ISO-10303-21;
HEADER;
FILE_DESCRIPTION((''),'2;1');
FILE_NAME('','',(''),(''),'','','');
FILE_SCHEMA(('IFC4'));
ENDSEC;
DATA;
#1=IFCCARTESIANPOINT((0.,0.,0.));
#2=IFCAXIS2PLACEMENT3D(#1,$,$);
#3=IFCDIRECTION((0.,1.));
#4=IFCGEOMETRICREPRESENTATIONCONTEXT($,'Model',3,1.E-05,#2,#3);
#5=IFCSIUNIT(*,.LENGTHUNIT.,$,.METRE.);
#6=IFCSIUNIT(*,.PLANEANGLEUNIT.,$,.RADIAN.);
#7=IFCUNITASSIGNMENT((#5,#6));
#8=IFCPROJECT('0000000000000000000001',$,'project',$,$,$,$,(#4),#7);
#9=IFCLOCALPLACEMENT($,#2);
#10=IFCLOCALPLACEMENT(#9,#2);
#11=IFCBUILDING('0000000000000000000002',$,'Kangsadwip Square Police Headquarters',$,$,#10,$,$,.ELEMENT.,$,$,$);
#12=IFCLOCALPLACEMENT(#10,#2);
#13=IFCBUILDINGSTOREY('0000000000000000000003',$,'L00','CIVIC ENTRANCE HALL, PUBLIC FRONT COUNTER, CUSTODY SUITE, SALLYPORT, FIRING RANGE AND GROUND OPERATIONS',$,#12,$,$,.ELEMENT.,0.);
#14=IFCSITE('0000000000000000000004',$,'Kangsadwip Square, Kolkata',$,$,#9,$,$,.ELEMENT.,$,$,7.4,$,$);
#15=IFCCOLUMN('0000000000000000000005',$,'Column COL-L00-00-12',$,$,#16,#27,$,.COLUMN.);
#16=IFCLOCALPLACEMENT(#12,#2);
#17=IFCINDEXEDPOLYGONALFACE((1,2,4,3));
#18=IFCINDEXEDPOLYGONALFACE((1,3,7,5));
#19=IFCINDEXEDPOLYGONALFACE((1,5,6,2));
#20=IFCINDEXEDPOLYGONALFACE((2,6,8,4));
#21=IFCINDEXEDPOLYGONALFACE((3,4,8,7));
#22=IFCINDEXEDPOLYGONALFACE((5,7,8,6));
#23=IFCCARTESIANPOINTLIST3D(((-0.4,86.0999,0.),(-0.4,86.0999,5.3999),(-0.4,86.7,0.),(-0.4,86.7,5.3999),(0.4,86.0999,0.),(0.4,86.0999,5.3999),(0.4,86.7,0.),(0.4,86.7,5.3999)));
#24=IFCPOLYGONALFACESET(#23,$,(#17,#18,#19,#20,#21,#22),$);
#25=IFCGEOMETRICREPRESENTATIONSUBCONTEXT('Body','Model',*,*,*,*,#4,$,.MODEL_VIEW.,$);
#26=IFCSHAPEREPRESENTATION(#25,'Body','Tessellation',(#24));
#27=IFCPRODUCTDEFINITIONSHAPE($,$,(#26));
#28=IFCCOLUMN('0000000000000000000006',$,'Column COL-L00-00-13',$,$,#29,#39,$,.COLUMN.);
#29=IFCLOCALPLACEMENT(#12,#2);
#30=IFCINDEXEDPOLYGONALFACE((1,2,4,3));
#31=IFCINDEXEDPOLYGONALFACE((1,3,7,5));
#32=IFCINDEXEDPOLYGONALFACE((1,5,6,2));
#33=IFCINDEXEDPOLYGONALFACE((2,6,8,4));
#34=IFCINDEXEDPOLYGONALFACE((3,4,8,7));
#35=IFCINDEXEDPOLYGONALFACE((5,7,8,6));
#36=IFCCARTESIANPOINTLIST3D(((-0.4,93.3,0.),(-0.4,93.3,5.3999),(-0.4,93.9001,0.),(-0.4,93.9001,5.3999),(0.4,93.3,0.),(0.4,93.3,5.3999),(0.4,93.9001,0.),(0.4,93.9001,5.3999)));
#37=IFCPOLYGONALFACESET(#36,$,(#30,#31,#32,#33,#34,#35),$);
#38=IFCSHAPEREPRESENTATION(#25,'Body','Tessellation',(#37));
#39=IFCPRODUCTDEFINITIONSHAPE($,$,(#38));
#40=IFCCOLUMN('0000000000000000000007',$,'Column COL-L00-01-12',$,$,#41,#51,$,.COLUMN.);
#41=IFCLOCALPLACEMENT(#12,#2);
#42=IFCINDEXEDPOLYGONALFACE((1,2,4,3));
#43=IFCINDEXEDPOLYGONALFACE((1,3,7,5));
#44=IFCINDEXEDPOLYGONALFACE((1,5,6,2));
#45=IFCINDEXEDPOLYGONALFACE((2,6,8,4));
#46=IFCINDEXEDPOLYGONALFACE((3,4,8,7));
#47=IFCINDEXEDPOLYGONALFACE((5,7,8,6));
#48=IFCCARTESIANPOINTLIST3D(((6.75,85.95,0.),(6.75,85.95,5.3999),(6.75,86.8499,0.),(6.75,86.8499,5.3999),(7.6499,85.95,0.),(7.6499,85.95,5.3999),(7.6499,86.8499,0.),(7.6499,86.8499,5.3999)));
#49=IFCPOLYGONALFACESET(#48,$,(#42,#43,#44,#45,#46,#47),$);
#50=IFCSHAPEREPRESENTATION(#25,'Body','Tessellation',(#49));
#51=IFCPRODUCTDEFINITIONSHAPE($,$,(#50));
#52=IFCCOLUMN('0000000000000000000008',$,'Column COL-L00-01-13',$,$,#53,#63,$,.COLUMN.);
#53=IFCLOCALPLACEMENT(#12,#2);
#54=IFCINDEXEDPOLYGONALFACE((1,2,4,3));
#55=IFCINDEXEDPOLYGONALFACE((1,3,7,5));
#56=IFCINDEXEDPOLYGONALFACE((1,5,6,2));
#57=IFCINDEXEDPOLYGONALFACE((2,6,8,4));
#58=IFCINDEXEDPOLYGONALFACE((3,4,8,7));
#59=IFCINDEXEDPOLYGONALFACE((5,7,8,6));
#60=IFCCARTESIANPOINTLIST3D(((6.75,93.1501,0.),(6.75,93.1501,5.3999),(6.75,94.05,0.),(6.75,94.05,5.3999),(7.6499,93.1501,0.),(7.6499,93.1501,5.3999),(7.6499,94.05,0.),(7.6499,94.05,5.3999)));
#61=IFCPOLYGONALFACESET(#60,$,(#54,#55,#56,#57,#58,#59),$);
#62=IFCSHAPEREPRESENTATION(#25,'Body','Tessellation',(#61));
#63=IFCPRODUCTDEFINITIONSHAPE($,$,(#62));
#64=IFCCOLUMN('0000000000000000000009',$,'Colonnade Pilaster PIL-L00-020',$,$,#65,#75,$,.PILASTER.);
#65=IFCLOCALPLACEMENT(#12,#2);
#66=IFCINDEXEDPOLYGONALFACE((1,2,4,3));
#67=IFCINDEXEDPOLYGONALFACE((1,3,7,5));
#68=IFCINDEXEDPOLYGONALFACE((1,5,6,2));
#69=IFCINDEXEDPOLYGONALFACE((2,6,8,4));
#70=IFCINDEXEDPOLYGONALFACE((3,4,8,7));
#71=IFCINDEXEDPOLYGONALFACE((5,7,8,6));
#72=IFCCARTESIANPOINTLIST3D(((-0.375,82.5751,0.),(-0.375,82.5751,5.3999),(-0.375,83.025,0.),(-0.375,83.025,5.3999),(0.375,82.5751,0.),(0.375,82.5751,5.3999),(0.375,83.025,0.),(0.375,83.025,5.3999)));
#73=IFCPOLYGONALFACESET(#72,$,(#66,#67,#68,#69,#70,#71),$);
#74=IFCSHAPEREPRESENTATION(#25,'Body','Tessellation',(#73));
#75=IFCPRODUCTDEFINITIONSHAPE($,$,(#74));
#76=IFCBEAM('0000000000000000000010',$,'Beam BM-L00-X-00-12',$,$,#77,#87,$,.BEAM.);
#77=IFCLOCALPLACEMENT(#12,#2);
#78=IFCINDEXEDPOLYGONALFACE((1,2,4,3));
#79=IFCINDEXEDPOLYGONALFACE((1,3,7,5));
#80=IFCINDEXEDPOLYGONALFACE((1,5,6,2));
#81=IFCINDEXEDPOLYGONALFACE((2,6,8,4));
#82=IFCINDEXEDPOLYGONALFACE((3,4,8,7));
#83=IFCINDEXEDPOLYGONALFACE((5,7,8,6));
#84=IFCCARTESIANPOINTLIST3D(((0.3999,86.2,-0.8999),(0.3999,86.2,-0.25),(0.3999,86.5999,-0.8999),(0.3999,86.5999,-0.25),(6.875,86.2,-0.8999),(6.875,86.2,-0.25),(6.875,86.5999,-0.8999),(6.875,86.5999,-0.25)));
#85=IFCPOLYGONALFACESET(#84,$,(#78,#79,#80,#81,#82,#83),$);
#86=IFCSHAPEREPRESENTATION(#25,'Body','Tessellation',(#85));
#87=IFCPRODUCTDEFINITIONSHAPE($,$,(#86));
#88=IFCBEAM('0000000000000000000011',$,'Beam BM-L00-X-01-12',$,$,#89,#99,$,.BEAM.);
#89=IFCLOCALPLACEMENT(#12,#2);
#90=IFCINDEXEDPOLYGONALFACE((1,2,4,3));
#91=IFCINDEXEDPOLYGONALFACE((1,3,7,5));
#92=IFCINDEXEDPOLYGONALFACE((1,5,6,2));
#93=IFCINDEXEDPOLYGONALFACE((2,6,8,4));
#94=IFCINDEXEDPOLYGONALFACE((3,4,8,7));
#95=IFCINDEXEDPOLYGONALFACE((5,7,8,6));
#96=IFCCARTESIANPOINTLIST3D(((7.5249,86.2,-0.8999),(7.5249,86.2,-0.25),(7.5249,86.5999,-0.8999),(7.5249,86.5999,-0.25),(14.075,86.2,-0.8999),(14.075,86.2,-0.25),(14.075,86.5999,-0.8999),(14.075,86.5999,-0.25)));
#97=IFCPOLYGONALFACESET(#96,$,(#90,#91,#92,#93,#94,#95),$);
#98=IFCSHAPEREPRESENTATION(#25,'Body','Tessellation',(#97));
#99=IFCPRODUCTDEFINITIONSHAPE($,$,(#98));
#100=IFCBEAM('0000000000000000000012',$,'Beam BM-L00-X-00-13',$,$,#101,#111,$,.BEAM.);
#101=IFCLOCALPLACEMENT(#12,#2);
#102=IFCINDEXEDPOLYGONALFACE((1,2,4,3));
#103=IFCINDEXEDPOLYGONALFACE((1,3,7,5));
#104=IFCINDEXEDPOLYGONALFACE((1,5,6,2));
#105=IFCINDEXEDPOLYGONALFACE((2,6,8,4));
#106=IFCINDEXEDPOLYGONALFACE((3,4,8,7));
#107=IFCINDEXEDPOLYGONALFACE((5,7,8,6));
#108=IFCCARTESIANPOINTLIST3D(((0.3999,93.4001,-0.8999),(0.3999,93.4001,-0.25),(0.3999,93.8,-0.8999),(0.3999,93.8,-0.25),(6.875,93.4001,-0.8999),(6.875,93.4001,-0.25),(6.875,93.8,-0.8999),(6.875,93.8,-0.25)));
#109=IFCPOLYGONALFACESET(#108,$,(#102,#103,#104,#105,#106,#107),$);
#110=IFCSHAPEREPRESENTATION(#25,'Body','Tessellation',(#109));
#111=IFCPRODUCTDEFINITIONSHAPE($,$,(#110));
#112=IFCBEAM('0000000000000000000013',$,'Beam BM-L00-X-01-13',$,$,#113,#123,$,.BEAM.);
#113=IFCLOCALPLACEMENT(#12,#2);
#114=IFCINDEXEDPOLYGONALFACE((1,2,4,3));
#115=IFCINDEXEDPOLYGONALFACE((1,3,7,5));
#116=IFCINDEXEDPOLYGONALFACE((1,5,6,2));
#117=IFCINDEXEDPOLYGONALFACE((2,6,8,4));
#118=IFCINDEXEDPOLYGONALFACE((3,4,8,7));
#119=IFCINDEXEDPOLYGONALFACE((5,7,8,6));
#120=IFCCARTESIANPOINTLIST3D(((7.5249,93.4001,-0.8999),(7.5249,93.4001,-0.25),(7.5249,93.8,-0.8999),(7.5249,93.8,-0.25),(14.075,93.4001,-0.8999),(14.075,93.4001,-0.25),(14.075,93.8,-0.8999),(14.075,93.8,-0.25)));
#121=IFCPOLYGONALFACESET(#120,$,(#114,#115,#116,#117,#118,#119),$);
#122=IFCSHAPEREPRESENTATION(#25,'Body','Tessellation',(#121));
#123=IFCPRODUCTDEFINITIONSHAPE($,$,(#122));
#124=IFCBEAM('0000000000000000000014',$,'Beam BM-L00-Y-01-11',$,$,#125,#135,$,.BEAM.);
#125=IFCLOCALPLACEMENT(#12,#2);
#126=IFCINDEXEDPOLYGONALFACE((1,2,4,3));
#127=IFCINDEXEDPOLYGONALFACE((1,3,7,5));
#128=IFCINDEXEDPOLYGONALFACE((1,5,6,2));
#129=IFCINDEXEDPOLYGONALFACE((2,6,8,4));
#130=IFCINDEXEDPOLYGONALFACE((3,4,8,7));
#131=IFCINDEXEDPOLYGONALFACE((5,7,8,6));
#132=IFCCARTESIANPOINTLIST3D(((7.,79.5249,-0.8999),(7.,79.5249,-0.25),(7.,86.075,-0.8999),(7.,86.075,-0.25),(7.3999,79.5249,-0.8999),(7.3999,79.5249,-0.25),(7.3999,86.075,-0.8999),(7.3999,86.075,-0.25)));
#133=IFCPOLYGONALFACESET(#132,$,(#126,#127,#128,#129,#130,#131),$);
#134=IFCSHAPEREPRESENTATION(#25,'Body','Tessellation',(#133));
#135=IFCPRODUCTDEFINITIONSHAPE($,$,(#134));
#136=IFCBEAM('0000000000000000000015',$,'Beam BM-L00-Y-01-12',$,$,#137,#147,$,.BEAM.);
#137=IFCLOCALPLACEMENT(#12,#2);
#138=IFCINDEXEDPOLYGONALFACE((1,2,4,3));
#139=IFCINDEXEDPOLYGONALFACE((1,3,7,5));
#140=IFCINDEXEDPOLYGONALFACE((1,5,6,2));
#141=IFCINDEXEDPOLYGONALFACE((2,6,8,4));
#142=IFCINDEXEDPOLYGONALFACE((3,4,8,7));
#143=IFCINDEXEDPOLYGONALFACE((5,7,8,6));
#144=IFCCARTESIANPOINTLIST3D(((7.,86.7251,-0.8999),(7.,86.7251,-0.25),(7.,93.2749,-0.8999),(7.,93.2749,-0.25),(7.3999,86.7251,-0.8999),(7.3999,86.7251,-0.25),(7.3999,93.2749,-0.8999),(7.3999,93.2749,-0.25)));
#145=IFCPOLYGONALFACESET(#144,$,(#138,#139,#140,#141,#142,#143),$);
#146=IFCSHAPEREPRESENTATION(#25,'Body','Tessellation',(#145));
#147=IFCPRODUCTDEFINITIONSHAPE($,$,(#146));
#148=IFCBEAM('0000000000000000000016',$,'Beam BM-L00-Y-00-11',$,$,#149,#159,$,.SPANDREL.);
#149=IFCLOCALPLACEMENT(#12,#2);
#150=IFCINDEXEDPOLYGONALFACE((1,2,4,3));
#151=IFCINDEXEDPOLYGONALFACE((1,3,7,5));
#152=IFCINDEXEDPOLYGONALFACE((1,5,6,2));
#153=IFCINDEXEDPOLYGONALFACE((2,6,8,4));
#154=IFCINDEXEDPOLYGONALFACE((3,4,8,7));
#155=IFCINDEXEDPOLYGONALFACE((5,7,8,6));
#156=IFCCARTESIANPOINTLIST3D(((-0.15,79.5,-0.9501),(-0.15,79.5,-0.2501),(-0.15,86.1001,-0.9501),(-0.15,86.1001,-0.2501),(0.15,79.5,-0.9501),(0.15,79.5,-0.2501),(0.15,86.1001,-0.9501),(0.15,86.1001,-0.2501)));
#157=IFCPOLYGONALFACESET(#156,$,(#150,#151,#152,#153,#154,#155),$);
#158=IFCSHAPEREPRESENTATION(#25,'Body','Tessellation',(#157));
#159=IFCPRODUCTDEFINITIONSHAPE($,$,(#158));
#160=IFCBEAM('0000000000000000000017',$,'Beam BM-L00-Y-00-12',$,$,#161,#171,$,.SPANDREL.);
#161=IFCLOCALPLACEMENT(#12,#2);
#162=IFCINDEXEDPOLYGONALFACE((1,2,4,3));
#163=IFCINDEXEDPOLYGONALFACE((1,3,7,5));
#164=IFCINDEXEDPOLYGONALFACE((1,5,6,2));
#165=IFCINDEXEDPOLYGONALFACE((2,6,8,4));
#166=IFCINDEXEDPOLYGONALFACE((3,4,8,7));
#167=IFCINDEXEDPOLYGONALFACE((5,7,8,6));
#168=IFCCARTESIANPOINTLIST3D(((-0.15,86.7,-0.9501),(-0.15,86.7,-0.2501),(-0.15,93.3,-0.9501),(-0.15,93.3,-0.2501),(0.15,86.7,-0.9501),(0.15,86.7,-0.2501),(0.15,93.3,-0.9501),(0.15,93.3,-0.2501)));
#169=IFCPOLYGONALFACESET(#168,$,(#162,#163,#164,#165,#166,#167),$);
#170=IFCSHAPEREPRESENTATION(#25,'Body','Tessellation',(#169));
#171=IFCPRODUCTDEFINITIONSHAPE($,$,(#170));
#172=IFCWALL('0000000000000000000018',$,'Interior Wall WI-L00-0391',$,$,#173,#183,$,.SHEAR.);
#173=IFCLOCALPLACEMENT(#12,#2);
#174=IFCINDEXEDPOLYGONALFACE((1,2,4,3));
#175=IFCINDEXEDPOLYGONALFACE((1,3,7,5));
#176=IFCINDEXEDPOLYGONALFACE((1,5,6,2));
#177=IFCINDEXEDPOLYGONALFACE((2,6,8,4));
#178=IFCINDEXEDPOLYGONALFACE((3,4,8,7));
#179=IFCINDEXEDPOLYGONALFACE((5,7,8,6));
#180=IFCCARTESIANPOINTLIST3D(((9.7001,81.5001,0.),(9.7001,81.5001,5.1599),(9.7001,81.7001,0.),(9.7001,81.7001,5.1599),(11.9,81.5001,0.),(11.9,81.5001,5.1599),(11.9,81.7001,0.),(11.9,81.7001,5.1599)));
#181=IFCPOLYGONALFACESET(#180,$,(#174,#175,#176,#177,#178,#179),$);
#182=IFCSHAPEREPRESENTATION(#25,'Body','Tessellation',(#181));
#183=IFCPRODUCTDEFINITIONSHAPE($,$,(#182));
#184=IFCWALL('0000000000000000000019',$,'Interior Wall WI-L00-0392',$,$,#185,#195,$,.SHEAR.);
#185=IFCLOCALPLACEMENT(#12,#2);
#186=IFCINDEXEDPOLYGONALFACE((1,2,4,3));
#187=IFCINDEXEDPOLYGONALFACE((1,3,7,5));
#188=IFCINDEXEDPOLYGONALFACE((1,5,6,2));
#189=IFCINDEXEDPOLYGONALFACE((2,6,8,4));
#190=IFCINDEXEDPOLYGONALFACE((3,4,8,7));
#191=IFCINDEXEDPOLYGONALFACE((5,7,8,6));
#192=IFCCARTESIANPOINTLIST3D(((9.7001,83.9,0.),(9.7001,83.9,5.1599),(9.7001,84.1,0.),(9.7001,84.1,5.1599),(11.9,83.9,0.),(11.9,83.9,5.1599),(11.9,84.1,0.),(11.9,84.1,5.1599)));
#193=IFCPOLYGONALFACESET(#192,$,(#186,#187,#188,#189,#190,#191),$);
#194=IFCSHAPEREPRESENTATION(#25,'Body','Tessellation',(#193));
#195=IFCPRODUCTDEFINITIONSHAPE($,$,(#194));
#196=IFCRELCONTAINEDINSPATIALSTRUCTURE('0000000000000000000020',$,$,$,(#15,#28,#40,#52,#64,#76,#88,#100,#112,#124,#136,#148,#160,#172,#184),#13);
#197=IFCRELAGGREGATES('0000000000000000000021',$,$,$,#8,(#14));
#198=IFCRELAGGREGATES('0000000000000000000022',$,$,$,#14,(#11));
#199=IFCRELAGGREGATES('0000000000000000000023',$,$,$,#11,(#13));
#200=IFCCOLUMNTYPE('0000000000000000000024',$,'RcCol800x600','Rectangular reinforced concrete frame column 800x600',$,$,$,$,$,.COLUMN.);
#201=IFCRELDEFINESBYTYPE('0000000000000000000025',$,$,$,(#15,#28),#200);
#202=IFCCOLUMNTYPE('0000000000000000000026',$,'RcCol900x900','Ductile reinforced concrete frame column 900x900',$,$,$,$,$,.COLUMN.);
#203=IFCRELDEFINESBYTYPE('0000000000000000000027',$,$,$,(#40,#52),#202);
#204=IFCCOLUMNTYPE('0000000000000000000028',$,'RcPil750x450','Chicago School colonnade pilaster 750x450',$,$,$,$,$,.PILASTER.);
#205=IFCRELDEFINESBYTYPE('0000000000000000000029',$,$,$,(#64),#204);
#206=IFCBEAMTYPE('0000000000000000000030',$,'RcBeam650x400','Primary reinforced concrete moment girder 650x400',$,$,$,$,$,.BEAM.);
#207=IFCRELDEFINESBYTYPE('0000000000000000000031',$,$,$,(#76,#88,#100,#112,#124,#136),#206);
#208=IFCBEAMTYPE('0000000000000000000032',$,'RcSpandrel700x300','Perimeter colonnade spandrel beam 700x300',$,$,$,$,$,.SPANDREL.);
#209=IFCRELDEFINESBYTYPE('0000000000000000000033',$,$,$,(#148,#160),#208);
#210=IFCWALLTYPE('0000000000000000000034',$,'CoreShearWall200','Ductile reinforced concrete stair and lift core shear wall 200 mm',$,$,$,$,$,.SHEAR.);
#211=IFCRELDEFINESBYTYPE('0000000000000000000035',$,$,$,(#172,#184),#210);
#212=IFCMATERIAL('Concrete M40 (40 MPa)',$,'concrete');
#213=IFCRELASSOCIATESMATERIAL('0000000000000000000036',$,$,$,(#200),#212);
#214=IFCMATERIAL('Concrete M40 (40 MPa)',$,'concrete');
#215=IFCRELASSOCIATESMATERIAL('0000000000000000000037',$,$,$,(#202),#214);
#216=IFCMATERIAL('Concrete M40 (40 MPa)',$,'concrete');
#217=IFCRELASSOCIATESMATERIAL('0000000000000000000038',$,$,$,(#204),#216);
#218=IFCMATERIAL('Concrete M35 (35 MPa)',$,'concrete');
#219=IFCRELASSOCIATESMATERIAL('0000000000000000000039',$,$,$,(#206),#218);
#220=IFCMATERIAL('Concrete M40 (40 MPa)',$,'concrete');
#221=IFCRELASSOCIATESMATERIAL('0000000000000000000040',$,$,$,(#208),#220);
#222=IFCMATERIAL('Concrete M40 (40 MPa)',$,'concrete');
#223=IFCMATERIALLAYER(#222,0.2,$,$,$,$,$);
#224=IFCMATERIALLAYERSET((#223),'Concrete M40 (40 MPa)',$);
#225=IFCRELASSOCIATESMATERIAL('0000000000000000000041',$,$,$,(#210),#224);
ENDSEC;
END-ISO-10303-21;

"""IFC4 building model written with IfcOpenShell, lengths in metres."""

from ifc_helpers import new_model, si_unit, direction, frame, frame_2d, origin, origin_2d, place, context, subcontext, project, spatial, rectangle, extrude, material, layer, layer_set, material_profile, profile_set, type_object, element, save


model = new_model("IFC4")

# Units and contexts
model_context = context("Model", 3, precision=1e-05, world=origin(), true_north=direction((0.0, 1.0)))
body_context = subcontext(model_context, "Body", "Model", "MODEL_VIEW")
ifc_project = project(units=[si_unit("LENGTHUNIT", "METRE"), si_unit("PLANEANGLEUNIT", "RADIAN")], contexts=[model_context])

# Site, building, storey
site_placement = place(None, origin())
site = spatial("IfcSite", under=ifc_project, at=site_placement, Name="Kangsadwip Square, Kolkata", CompositionType="ELEMENT", RefElevation=7.4)
building_placement = place(site_placement, origin())
building = spatial("IfcBuilding", under=site, at=building_placement, Name="Kangsadwip Square Police Headquarters", CompositionType="ELEMENT")
storey_placement = place(building_placement, origin())
storey = spatial("IfcBuildingStorey", under=building, at=storey_placement, Name="L00", Description="CIVIC ENTRANCE HALL, PUBLIC FRONT COUNTER, CUSTODY SUITE, SALLYPORT, FIRING RANGE AND GROUND OPERATIONS", CompositionType="ELEMENT", Elevation=0.0)

# Columns
ifc_material_1 = material(Name="Concrete M40 (40 MPa)", Category="concrete")
ifc_material_profile_1 = material_profile(ifc_material_1, rectangle(XDim=0.6001, YDim=0.8, at=origin_2d()), Name="RC COL 800X600")
ifc_profile_set_1 = profile_set([ifc_material_profile_1], Name="Concrete M40 (40 MPa)")
column_type_1 = type_object("IfcColumnType", Name="RcCol800x600", Description="Rectangular reinforced concrete frame column 800x600", PredefinedType="COLUMN", material=ifc_profile_set_1)
for number, where, z_axis, x_axis, name in (
    (1, (0.0, 86.3999, 0.0), (0.0, 0.0, 1.0), (0.0, 1.0, 0.0), "Column COL-L00-00-12"),
    (2, (0.0, 93.6001, 0.0), (0.0, 0.0, 1.0), (0.0, 1.0, 0.0), "Column COL-L00-00-13"),
):
    element("IfcColumn", number, at=place(storey_placement, frame(where, z_axis=z_axis, x_axis=x_axis)), inside=storey, type_object=column_type_1, Name=name, PredefinedType="COLUMN", context=body_context, shape_type="SweptSolid", body=[
        extrude(rectangle(XDim=0.6001, YDim=0.8, at=origin_2d()), origin(), (0.0, 0.0, 1.0), 5.3999),
    ])
ifc_material_2 = material(Name="Concrete M40 (40 MPa)", Category="concrete")
ifc_material_profile_2 = material_profile(ifc_material_2, rectangle(XDim=0.8999, YDim=0.8999, at=origin_2d()), Name="RC COL 900X900")
ifc_profile_set_2 = profile_set([ifc_material_profile_2], Name="Concrete M40 (40 MPa)")
column_type_2 = type_object("IfcColumnType", Name="RcCol900x900", Description="Ductile reinforced concrete frame column 900x900", PredefinedType="COLUMN", material=ifc_profile_set_2)
for number, where, z_axis, x_axis, name in (
    (3, (7.2, 86.3999, 0.0), (0.0, 0.0, 1.0), (1.0, 0.0, 0.0), "Column COL-L00-01-12"),
    (4, (7.2, 93.6001, 0.0), (0.0, 0.0, 1.0), (1.0, 0.0, 0.0), "Column COL-L00-01-13"),
):
    element("IfcColumn", number, at=place(storey_placement, frame(where, z_axis=z_axis, x_axis=x_axis)), inside=storey, type_object=column_type_2, Name=name, PredefinedType="COLUMN", context=body_context, shape_type="SweptSolid", body=[
        extrude(rectangle(XDim=0.8999, YDim=0.8999, at=origin_2d()), origin(), (0.0, 0.0, 1.0), 5.3999),
    ])
ifc_material_3 = material(Name="Concrete M40 (40 MPa)", Category="concrete")
ifc_material_profile_3 = material_profile(ifc_material_3, rectangle(XDim=0.45, YDim=0.75, at=origin_2d()), Name="RC PIL 750X450")
ifc_profile_set_3 = profile_set([ifc_material_profile_3], Name="Concrete M40 (40 MPa)")
column_type_3 = type_object("IfcColumnType", Name="RcPil750x450", Description="Chicago School colonnade pilaster 750x450", PredefinedType="PILASTER", material=ifc_profile_set_3)
column_placement = place(storey_placement, frame((0.0, 82.8, 0.0), z_axis=(0.0, 0.0, 1.0), x_axis=(0.0, 1.0, 0.0)))
element("IfcColumn", 5, at=column_placement, inside=storey, type_object=column_type_3, Name="Colonnade Pilaster PIL-L00-020", PredefinedType="PILASTER", context=body_context, shape_type="SweptSolid", body=[
    extrude(rectangle(XDim=0.45, YDim=0.75, at=origin_2d()), origin(), (0.0, 0.0, 1.0), 5.3999),
])

# Beams
ifc_material_4 = material(Name="Concrete M35 (35 MPa)", Category="concrete")
ifc_material_profile_4 = material_profile(ifc_material_4, rectangle(XDim=0.3999, YDim=0.6499, at=origin_2d()), Name="RC BM 650X400")
ifc_profile_set_4 = profile_set([ifc_material_profile_4], Name="Concrete M35 (35 MPa)")
beam_type_1 = type_object("IfcBeamType", Name="RcBeam650x400", Description="Primary reinforced concrete moment girder 650x400", PredefinedType="BEAM", material=ifc_profile_set_4)
beam_1_placement = place(storey_placement, frame((0.3999, 86.3999, -0.575), z_axis=(1.0, 0.0, 0.0), x_axis=(0.0, 1.0, 0.0)))
element("IfcBeam", 6, at=beam_1_placement, inside=storey, type_object=beam_type_1, Name="Beam BM-L00-X-00-12", PredefinedType="BEAM", context=body_context, shape_type="SweptSolid", body=[
    extrude(rectangle(XDim=0.3999, YDim=0.6499, at=origin_2d()), origin(), (0.0, 0.0, 1.0), 6.4751),
])
beam_2_placement = place(storey_placement, frame((7.5249, 86.3999, -0.575), z_axis=(1.0, 0.0, 0.0), x_axis=(0.0, 1.0, 0.0)))
element("IfcBeam", 7, at=beam_2_placement, inside=storey, type_object=beam_type_1, Name="Beam BM-L00-X-01-12", PredefinedType="BEAM", context=body_context, shape_type="SweptSolid", body=[
    extrude(rectangle(XDim=0.3999, YDim=0.6499, at=origin_2d()), origin(), (0.0, 0.0, 1.0), 6.55),
])
beam_3_placement = place(storey_placement, frame((0.3999, 93.6001, -0.575), z_axis=(1.0, 0.0, 0.0), x_axis=(0.0, 1.0, 0.0)))
element("IfcBeam", 8, at=beam_3_placement, inside=storey, type_object=beam_type_1, Name="Beam BM-L00-X-00-13", PredefinedType="BEAM", context=body_context, shape_type="SweptSolid", body=[
    extrude(rectangle(XDim=0.3999, YDim=0.6499, at=origin_2d()), origin(), (0.0, 0.0, 1.0), 6.4751),
])
for number, where, z_axis, x_axis, name in (
    (9, (7.5249, 93.6001, -0.575), (1.0, 0.0, 0.0), (0.0, 1.0, 0.0), "Beam BM-L00-X-01-13"),
    (10, (7.2, 79.5249, -0.575), (0.0, 1.0, 0.0), (-1.0, 0.0, 0.0), "Beam BM-L00-Y-01-11"),
):
    element("IfcBeam", number, at=place(storey_placement, frame(where, z_axis=z_axis, x_axis=x_axis)), inside=storey, type_object=beam_type_1, Name=name, PredefinedType="BEAM", context=body_context, shape_type="SweptSolid", body=[
        extrude(rectangle(XDim=0.3999, YDim=0.6499, at=origin_2d()), origin(), (0.0, 0.0, 1.0), 6.55),
    ])
beam_4_placement = place(storey_placement, frame((7.2, 86.7251, -0.575), z_axis=(0.0, 1.0, 0.0), x_axis=(-1.0, 0.0, 0.0)))
element("IfcBeam", 11, at=beam_4_placement, inside=storey, type_object=beam_type_1, Name="Beam BM-L00-Y-01-12", PredefinedType="BEAM", context=body_context, shape_type="SweptSolid", body=[
    extrude(rectangle(XDim=0.3999, YDim=0.6499, at=origin_2d()), origin(), (0.0, 0.0, 1.0), 6.5498),
])
ifc_material_5 = material(Name="Concrete M40 (40 MPa)", Category="concrete")
ifc_material_profile_5 = material_profile(ifc_material_5, rectangle(XDim=0.3, YDim=0.7, at=origin_2d()), Name="RC SPN 700X300")
ifc_profile_set_5 = profile_set([ifc_material_profile_5], Name="Concrete M40 (40 MPa)")
beam_type_2 = type_object("IfcBeamType", Name="RcSpandrel700x300", Description="Perimeter colonnade spandrel beam 700x300", PredefinedType="SPANDREL", material=ifc_profile_set_5)
for number, where, z_axis, x_axis, name in (
    (12, (0.0, 79.5, -0.6001), (0.0, 1.0, 0.0), (-1.0, 0.0, 0.0), "Beam BM-L00-Y-00-11"),
    (13, (0.0, 86.7, -0.6001), (0.0, 1.0, 0.0), (-1.0, 0.0, 0.0), "Beam BM-L00-Y-00-12"),
):
    element("IfcBeam", number, at=place(storey_placement, frame(where, z_axis=z_axis, x_axis=x_axis)), inside=storey, type_object=beam_type_2, Name=name, PredefinedType="SPANDREL", context=body_context, shape_type="SweptSolid", body=[
        extrude(rectangle(XDim=0.3, YDim=0.7, at=origin_2d()), origin(), (0.0, 0.0, 1.0), 6.6001),
    ])

# Walls
ifc_material_6 = material(Name="Concrete M40 (40 MPa)", Category="concrete")
ifc_layer_1 = layer(ifc_material_6, 0.2)
ifc_layer_set_1 = layer_set([ifc_layer_1], Name="Concrete M40 (40 MPa)")
wall_type_1 = type_object("IfcWallType", Name="CoreShearWall200", Description="Ductile reinforced concrete stair and lift core shear wall 200 mm", PredefinedType="SHEAR", material=ifc_layer_set_1)
for number, where, z_axis, x_axis, name in (
    (14, (9.7, 81.6001, 0.0), (0.0, 0.0, 1.0), (1.0, 0.0, 0.0), "Interior Wall WI-L00-0391"),
    (15, (9.7, 84.0, 0.0), (0.0, 0.0, 1.0), (1.0, 0.0, 0.0), "Interior Wall WI-L00-0392"),
):
    element("IfcWall", number, at=place(storey_placement, frame(where, z_axis=z_axis, x_axis=x_axis)), inside=storey, type_object=wall_type_1, Name=name, PredefinedType="SHEAR", context=body_context, shape_type="SweptSolid", body=[
        extrude(rectangle(XDim=2.2, YDim=0.2, at=frame_2d((1.1001, 0.0))), origin(), (0.0, 0.0, 1.0), 5.1599),
    ])

save(model, "model.ifc")
